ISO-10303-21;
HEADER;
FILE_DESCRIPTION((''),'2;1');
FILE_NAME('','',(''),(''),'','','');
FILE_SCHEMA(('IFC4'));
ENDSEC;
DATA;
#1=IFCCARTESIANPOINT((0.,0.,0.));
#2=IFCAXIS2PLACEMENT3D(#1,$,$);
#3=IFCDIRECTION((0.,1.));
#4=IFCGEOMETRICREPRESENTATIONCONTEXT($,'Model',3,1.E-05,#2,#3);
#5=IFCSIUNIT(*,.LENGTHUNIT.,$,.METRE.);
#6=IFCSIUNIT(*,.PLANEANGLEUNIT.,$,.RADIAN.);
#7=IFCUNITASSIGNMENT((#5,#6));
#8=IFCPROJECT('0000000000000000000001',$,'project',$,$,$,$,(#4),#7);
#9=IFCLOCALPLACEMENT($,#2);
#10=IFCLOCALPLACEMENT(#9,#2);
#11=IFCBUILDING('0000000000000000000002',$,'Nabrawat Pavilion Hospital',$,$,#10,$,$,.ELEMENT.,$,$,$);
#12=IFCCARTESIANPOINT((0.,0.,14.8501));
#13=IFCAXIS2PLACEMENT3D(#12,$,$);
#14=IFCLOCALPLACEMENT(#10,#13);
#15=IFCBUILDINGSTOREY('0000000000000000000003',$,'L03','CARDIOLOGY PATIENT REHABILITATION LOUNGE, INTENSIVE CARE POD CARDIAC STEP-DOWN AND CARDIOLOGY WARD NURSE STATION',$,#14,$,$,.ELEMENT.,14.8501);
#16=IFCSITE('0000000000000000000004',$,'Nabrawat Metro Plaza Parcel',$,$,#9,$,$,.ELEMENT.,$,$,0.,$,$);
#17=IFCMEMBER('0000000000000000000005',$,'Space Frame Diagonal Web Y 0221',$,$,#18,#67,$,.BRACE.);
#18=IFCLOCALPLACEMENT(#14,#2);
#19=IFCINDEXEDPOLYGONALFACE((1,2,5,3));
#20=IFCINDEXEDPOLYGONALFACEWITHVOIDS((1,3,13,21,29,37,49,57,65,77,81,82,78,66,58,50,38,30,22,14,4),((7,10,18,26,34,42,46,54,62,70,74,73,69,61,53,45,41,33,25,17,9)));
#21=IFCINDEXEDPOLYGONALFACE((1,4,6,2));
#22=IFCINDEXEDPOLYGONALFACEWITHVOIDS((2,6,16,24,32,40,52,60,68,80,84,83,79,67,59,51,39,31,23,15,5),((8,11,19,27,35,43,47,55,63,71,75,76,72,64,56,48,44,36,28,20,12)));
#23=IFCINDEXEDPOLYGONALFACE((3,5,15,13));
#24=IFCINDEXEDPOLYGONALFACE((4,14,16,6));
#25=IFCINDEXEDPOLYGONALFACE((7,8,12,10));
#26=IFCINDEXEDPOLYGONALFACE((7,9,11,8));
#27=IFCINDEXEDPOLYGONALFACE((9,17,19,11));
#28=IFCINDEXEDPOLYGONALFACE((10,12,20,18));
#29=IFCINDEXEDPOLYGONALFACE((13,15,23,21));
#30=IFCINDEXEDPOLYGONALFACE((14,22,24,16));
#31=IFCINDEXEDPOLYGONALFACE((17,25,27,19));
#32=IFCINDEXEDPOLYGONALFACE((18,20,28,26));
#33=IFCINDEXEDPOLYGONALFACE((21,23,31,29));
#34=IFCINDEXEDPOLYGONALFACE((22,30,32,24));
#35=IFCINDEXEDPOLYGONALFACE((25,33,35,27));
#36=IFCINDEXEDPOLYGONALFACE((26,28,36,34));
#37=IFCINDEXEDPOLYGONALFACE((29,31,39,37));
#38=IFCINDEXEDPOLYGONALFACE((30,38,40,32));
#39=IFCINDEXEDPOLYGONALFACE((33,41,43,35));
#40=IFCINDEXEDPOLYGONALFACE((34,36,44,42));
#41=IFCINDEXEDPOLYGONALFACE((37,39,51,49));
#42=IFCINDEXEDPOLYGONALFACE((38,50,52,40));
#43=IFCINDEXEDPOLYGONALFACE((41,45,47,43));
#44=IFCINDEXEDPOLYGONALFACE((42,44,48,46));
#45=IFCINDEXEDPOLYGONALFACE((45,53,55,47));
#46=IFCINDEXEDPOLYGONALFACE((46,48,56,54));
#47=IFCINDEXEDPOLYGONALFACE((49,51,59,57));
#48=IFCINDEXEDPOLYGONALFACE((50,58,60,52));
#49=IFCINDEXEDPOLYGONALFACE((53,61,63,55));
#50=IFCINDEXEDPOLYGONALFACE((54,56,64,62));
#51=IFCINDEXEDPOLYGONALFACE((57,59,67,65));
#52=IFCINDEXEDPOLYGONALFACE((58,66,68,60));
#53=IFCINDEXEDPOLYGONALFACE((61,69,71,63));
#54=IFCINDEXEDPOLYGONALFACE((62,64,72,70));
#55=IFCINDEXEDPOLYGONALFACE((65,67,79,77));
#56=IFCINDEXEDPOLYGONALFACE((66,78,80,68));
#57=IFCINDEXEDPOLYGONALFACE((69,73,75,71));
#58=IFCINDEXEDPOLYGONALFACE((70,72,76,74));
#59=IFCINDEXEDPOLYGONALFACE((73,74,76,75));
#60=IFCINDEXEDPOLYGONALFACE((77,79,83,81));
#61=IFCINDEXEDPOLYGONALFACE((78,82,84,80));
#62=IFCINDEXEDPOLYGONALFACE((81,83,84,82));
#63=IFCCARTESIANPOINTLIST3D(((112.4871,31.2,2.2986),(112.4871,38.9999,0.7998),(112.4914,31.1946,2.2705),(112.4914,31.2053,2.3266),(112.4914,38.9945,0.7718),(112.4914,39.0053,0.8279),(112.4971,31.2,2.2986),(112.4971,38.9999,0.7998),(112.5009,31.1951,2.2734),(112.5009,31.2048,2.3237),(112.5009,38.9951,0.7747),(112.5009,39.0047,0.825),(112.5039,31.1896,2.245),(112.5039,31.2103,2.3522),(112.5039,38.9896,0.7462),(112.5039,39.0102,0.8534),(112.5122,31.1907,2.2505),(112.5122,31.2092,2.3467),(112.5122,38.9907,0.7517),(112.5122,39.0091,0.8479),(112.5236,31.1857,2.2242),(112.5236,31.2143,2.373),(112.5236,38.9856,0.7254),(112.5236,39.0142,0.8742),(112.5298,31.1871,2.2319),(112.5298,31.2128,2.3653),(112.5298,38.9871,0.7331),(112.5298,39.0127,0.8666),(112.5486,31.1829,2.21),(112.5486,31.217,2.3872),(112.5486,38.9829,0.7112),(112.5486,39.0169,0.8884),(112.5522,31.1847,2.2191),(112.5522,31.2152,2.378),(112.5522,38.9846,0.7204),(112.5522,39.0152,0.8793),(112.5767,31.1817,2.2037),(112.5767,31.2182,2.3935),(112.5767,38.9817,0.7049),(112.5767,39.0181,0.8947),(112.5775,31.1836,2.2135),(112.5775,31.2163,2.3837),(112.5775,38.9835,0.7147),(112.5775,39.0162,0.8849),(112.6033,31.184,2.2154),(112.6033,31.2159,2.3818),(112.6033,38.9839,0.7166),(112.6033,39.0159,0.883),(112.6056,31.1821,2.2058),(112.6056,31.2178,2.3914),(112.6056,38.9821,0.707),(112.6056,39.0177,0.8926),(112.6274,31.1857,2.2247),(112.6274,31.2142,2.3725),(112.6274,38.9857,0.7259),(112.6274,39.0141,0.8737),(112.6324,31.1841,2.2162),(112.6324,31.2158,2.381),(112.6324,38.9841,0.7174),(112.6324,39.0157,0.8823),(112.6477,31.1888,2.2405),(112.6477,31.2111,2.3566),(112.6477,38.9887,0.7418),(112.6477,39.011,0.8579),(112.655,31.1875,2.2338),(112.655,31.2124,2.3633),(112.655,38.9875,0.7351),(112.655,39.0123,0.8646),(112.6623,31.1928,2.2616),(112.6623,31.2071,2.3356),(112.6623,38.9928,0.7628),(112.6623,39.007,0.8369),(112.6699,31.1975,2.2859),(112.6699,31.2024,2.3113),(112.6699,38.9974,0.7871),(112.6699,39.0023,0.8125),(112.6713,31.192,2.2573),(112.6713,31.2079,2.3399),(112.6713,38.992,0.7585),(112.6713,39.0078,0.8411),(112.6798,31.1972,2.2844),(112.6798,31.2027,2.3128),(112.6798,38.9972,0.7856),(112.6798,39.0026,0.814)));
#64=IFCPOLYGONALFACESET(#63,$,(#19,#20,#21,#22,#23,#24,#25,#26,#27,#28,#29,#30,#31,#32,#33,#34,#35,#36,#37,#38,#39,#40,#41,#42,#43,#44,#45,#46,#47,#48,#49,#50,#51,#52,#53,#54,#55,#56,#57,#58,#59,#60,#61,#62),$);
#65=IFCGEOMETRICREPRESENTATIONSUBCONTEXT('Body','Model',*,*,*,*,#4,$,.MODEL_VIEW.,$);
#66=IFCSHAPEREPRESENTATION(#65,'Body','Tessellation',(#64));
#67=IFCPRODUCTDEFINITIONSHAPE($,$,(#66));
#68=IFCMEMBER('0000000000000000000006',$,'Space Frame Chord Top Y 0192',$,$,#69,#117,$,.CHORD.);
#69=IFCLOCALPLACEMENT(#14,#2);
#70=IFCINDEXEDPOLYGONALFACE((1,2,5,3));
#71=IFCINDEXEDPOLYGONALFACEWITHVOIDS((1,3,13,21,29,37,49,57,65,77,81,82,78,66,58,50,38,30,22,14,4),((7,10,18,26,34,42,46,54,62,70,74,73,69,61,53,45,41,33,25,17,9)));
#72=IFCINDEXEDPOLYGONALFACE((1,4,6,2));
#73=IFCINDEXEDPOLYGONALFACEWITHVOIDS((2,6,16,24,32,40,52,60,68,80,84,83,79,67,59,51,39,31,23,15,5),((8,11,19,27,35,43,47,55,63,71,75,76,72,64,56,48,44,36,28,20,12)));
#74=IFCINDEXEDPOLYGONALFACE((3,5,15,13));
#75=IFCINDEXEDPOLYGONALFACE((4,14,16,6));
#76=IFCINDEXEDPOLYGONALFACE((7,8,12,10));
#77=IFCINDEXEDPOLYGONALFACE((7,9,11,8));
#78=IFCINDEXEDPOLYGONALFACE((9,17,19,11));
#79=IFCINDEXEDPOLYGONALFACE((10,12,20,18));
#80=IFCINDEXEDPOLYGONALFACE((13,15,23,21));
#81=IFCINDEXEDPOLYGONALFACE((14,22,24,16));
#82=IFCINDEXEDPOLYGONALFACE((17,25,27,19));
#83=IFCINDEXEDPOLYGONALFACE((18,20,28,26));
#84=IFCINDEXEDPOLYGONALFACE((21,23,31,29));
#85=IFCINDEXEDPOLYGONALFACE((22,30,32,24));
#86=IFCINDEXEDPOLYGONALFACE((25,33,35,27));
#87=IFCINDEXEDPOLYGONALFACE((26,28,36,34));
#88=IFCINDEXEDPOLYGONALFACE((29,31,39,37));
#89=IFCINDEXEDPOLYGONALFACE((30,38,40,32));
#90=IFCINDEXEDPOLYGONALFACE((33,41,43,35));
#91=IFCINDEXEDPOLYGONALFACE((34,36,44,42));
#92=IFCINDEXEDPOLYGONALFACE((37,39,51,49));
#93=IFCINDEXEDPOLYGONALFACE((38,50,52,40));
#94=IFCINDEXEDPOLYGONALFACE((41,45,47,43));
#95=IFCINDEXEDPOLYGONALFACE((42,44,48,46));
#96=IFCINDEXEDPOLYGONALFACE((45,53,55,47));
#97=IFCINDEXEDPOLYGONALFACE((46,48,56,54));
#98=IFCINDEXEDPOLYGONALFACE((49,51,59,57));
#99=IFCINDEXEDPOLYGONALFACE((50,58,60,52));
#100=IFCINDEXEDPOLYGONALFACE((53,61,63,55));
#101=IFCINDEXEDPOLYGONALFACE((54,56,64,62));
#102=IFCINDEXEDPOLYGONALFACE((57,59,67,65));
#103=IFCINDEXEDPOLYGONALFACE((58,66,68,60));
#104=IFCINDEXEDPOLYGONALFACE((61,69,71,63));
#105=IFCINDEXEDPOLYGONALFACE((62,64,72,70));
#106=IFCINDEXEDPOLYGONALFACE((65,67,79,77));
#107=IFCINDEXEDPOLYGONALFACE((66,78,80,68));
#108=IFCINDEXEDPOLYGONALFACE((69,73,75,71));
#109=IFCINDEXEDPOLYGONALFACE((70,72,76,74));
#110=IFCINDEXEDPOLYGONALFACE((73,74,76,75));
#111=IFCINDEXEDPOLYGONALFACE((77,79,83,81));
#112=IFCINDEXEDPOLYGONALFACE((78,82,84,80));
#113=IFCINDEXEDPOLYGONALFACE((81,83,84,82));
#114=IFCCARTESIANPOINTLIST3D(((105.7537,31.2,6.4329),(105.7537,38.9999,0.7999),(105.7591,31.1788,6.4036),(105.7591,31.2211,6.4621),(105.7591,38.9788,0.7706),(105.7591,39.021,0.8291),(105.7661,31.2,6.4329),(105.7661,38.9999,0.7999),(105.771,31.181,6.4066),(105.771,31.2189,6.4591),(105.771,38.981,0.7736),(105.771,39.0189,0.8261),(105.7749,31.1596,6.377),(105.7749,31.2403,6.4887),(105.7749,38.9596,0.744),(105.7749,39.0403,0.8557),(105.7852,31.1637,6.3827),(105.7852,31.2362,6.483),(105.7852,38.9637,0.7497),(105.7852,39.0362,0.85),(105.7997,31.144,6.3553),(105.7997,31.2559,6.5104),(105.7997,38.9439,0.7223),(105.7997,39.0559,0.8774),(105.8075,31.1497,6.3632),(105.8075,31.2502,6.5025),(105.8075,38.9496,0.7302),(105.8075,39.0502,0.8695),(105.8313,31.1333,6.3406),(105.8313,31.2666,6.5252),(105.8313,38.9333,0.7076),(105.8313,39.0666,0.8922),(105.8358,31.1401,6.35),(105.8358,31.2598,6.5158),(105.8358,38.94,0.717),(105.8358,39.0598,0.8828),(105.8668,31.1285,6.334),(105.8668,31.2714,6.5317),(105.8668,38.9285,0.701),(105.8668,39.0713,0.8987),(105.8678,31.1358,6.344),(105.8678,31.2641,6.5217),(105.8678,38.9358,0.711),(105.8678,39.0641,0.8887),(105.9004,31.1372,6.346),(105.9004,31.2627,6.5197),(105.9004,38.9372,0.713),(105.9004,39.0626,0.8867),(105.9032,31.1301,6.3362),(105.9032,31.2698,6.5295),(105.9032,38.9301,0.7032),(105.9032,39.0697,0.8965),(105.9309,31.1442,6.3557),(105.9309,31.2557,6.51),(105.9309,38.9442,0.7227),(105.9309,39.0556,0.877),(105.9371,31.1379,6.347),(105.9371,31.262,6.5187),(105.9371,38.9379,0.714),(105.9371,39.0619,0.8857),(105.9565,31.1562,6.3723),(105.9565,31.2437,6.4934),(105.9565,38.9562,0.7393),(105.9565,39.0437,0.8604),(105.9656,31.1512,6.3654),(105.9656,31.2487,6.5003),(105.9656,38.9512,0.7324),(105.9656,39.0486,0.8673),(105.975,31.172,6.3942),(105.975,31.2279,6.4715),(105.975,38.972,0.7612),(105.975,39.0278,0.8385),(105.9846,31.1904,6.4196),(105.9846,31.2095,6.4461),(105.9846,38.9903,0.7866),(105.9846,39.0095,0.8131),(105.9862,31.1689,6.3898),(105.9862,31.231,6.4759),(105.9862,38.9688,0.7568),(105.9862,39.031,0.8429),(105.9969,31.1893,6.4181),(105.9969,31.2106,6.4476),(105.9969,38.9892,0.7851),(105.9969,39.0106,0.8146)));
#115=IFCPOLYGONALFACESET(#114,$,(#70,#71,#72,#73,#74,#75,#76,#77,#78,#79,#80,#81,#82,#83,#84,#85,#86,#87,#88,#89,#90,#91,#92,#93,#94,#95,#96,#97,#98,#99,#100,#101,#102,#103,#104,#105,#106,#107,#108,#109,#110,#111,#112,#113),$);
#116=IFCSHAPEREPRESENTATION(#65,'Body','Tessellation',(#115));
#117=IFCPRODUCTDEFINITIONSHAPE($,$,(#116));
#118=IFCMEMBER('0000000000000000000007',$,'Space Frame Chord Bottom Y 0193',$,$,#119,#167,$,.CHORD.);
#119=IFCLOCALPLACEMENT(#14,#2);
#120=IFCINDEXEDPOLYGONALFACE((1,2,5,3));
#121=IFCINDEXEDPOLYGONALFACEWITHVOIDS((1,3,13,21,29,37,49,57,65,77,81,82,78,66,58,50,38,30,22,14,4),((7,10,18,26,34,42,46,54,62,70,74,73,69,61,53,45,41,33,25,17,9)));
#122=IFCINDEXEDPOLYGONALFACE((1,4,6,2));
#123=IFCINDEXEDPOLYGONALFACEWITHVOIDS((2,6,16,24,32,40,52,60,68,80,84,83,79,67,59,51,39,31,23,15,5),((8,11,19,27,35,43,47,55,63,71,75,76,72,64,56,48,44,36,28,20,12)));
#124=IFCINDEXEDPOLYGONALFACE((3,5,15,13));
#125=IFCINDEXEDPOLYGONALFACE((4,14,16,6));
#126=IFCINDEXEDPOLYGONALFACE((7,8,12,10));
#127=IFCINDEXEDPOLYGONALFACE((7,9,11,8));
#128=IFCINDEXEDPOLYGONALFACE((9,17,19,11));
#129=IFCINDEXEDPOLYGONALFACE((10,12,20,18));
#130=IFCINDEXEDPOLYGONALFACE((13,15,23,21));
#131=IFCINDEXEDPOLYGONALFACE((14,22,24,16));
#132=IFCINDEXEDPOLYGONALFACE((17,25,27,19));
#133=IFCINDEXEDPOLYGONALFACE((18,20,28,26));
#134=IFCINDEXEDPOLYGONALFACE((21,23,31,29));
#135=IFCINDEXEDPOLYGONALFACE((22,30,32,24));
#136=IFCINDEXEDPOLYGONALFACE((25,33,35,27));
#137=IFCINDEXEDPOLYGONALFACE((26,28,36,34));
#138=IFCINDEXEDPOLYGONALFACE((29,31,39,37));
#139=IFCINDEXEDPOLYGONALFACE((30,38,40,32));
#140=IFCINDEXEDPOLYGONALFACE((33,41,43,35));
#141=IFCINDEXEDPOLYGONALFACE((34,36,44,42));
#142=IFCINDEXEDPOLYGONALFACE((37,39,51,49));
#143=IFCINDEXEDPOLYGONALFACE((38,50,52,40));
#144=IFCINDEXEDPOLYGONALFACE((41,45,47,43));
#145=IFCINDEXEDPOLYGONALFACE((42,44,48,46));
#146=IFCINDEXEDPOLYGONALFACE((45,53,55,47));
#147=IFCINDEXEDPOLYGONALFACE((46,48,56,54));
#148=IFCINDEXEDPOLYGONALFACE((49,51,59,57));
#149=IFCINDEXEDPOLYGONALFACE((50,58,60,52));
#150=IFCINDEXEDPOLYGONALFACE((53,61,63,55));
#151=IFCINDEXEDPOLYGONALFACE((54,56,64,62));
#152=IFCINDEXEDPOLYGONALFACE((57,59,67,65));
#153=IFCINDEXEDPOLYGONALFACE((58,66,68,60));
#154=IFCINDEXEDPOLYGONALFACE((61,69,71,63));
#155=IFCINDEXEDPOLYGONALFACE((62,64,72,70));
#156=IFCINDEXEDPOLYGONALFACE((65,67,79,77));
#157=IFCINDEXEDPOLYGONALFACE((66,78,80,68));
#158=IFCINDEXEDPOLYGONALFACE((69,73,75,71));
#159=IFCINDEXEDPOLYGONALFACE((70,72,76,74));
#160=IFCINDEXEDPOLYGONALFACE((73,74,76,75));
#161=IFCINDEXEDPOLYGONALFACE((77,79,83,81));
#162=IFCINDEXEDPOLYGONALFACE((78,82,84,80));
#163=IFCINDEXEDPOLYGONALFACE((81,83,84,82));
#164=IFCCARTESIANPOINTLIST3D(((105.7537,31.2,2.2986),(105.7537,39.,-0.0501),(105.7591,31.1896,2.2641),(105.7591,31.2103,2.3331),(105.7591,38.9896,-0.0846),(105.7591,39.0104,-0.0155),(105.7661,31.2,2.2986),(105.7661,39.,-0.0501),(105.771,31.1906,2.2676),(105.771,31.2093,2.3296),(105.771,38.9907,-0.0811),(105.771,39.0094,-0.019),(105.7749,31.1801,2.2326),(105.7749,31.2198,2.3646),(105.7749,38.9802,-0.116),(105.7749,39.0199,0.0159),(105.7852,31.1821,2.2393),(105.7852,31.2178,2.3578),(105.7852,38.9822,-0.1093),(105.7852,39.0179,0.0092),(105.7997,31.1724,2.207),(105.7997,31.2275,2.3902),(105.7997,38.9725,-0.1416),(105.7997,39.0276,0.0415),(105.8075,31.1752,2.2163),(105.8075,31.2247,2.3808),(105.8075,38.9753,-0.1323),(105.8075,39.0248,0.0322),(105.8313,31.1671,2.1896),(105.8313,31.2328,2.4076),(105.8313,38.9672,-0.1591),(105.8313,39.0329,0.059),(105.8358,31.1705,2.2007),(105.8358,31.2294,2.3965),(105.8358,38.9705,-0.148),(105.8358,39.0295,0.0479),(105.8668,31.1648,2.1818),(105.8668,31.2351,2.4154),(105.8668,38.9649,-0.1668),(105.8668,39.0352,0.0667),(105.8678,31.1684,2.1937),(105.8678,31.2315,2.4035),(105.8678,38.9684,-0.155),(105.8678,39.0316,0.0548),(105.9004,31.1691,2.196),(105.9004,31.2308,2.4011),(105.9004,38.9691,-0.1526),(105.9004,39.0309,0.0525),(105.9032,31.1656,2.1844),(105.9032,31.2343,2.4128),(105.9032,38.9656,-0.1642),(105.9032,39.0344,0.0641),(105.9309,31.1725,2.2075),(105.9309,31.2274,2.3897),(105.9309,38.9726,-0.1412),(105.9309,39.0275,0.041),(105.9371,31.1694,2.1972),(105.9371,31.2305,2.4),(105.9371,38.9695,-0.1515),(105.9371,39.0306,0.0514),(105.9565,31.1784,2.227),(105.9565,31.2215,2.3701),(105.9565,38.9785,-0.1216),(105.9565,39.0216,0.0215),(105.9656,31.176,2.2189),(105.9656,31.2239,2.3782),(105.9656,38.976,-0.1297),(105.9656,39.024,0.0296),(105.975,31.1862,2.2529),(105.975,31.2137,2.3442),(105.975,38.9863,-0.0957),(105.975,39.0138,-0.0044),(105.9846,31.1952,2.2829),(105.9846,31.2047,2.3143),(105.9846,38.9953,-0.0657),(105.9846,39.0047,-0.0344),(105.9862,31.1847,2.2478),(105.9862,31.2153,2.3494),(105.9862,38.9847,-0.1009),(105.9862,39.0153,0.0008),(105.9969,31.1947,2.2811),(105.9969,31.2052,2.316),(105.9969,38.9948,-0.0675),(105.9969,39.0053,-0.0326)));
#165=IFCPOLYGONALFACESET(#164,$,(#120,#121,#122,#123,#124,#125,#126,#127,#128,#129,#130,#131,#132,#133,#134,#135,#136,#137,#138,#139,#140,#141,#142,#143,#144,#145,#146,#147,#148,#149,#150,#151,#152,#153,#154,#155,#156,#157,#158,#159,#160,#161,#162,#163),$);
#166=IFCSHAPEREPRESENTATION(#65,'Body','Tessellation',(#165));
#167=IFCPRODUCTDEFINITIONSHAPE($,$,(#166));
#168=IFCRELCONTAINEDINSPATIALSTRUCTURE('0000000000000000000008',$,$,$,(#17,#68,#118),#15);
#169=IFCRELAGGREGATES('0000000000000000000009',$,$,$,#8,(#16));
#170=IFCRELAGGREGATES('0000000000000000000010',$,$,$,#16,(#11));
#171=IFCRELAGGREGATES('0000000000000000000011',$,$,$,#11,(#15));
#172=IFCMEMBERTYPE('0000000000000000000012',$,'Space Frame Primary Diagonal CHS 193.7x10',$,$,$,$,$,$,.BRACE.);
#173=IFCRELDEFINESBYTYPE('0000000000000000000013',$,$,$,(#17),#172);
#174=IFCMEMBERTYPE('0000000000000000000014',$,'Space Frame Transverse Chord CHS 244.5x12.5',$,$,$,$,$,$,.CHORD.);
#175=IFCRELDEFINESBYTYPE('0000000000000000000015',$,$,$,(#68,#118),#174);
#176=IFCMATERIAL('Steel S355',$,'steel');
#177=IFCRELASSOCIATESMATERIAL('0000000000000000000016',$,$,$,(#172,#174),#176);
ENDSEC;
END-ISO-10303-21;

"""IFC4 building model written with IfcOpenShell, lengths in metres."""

from ifc_helpers import new_model, si_unit, direction, frame, origin, origin_2d, place, context, subcontext, project, spatial, hollow_circle, extrude, material, material_profile, profile_set, type_object, element, save


model = new_model("IFC4")

# Units and contexts
model_context = context("Model", 3, precision=1e-05, world=origin(), true_north=direction((0.0, 1.0)))
body_context = subcontext(model_context, "Body", "Model", "MODEL_VIEW")
ifc_project = project(units=[si_unit("LENGTHUNIT", "METRE"), si_unit("PLANEANGLEUNIT", "RADIAN")], contexts=[model_context])

# Site, building, storey
site_placement = place(None, origin())
site = spatial("IfcSite", under=ifc_project, at=site_placement, Name="Nabrawat Metro Plaza Parcel", CompositionType="ELEMENT", RefElevation=0.0)
building_placement = place(site_placement, origin())
building = spatial("IfcBuilding", under=site, at=building_placement, Name="Nabrawat Pavilion Hospital", CompositionType="ELEMENT")
storey_placement = place(building_placement, frame((0.0, 0.0, 14.8501)))
storey = spatial("IfcBuildingStorey", under=building, at=storey_placement, Name="L03", Description="CARDIOLOGY PATIENT REHABILITATION LOUNGE, INTENSIVE CARE POD CARDIAC STEP-DOWN AND CARDIOLOGY WARD NURSE STATION", CompositionType="ELEMENT", Elevation=14.8501)

# Members
ifc_material = material(Name="Steel S355", Category="steel")
ifc_material_profile_1 = material_profile(ifc_material, hollow_circle(Radius=0.0969, WallThickness=0.01, at=origin_2d()), Name="CHS 193.7x10")
ifc_profile_set_1 = profile_set([ifc_material_profile_1], Name="Steel S355")
member_type_1 = type_object("IfcMemberType", Name="Space Frame Primary Diagonal CHS 193.7x10", PredefinedType="BRACE", material=ifc_profile_set_1)
member_1_placement = place(storey_placement, frame((112.584, 31.2, 2.2986), z_axis=(0.0, 0.982035, -0.188698), x_axis=(-1.0, 0.0, 0.0)))
element("IfcMember", 1, at=member_1_placement, inside=storey, type_object=member_type_1, Name="Space Frame Diagonal Web Y 0221", PredefinedType="BRACE", context=body_context, shape_type="SweptSolid", body=[
    extrude(hollow_circle(Radius=0.0969, WallThickness=0.01, at=origin_2d()), origin(), (0.0, 0.0, 1.0), 7.9426),
])
ifc_material_profile_2 = material_profile(ifc_material, hollow_circle(Radius=0.1223, WallThickness=0.0125, at=origin_2d()), Name="CHS 244.5x12.5")
ifc_profile_set_2 = profile_set([ifc_material_profile_2], Name="Steel S355")
member_type_2 = type_object("IfcMemberType", Name="Space Frame Transverse Chord CHS 244.5x12.5", PredefinedType="CHORD", material=ifc_profile_set_2)
member_2_placement = place(storey_placement, frame((105.876, 31.2, 6.4329), z_axis=(0.0, 0.810695, -0.585469), x_axis=(-1.0, 0.0, 0.0)))
element("IfcMember", 2, at=member_2_placement, inside=storey, type_object=member_type_2, Name="Space Frame Chord Top Y 0192", PredefinedType="CHORD", context=body_context, shape_type="SweptSolid", body=[
    extrude(hollow_circle(Radius=0.1223, WallThickness=0.0125, at=origin_2d()), origin(), (0.0, 0.0, 1.0), 9.6213),
])
member_3_placement = place(storey_placement, frame((105.876, 31.2, 2.2986), z_axis=(0.0, 0.957535, -0.288318), x_axis=(-1.0, 0.0, 0.0)))
element("IfcMember", 3, at=member_3_placement, inside=storey, type_object=member_type_2, Name="Space Frame Chord Bottom Y 0193", PredefinedType="CHORD", context=body_context, shape_type="SweptSolid", body=[
    extrude(hollow_circle(Radius=0.1223, WallThickness=0.0125, at=origin_2d()), origin(), (0.0, 0.0, 1.0), 8.146),
])

save(model, "model.ifc")
